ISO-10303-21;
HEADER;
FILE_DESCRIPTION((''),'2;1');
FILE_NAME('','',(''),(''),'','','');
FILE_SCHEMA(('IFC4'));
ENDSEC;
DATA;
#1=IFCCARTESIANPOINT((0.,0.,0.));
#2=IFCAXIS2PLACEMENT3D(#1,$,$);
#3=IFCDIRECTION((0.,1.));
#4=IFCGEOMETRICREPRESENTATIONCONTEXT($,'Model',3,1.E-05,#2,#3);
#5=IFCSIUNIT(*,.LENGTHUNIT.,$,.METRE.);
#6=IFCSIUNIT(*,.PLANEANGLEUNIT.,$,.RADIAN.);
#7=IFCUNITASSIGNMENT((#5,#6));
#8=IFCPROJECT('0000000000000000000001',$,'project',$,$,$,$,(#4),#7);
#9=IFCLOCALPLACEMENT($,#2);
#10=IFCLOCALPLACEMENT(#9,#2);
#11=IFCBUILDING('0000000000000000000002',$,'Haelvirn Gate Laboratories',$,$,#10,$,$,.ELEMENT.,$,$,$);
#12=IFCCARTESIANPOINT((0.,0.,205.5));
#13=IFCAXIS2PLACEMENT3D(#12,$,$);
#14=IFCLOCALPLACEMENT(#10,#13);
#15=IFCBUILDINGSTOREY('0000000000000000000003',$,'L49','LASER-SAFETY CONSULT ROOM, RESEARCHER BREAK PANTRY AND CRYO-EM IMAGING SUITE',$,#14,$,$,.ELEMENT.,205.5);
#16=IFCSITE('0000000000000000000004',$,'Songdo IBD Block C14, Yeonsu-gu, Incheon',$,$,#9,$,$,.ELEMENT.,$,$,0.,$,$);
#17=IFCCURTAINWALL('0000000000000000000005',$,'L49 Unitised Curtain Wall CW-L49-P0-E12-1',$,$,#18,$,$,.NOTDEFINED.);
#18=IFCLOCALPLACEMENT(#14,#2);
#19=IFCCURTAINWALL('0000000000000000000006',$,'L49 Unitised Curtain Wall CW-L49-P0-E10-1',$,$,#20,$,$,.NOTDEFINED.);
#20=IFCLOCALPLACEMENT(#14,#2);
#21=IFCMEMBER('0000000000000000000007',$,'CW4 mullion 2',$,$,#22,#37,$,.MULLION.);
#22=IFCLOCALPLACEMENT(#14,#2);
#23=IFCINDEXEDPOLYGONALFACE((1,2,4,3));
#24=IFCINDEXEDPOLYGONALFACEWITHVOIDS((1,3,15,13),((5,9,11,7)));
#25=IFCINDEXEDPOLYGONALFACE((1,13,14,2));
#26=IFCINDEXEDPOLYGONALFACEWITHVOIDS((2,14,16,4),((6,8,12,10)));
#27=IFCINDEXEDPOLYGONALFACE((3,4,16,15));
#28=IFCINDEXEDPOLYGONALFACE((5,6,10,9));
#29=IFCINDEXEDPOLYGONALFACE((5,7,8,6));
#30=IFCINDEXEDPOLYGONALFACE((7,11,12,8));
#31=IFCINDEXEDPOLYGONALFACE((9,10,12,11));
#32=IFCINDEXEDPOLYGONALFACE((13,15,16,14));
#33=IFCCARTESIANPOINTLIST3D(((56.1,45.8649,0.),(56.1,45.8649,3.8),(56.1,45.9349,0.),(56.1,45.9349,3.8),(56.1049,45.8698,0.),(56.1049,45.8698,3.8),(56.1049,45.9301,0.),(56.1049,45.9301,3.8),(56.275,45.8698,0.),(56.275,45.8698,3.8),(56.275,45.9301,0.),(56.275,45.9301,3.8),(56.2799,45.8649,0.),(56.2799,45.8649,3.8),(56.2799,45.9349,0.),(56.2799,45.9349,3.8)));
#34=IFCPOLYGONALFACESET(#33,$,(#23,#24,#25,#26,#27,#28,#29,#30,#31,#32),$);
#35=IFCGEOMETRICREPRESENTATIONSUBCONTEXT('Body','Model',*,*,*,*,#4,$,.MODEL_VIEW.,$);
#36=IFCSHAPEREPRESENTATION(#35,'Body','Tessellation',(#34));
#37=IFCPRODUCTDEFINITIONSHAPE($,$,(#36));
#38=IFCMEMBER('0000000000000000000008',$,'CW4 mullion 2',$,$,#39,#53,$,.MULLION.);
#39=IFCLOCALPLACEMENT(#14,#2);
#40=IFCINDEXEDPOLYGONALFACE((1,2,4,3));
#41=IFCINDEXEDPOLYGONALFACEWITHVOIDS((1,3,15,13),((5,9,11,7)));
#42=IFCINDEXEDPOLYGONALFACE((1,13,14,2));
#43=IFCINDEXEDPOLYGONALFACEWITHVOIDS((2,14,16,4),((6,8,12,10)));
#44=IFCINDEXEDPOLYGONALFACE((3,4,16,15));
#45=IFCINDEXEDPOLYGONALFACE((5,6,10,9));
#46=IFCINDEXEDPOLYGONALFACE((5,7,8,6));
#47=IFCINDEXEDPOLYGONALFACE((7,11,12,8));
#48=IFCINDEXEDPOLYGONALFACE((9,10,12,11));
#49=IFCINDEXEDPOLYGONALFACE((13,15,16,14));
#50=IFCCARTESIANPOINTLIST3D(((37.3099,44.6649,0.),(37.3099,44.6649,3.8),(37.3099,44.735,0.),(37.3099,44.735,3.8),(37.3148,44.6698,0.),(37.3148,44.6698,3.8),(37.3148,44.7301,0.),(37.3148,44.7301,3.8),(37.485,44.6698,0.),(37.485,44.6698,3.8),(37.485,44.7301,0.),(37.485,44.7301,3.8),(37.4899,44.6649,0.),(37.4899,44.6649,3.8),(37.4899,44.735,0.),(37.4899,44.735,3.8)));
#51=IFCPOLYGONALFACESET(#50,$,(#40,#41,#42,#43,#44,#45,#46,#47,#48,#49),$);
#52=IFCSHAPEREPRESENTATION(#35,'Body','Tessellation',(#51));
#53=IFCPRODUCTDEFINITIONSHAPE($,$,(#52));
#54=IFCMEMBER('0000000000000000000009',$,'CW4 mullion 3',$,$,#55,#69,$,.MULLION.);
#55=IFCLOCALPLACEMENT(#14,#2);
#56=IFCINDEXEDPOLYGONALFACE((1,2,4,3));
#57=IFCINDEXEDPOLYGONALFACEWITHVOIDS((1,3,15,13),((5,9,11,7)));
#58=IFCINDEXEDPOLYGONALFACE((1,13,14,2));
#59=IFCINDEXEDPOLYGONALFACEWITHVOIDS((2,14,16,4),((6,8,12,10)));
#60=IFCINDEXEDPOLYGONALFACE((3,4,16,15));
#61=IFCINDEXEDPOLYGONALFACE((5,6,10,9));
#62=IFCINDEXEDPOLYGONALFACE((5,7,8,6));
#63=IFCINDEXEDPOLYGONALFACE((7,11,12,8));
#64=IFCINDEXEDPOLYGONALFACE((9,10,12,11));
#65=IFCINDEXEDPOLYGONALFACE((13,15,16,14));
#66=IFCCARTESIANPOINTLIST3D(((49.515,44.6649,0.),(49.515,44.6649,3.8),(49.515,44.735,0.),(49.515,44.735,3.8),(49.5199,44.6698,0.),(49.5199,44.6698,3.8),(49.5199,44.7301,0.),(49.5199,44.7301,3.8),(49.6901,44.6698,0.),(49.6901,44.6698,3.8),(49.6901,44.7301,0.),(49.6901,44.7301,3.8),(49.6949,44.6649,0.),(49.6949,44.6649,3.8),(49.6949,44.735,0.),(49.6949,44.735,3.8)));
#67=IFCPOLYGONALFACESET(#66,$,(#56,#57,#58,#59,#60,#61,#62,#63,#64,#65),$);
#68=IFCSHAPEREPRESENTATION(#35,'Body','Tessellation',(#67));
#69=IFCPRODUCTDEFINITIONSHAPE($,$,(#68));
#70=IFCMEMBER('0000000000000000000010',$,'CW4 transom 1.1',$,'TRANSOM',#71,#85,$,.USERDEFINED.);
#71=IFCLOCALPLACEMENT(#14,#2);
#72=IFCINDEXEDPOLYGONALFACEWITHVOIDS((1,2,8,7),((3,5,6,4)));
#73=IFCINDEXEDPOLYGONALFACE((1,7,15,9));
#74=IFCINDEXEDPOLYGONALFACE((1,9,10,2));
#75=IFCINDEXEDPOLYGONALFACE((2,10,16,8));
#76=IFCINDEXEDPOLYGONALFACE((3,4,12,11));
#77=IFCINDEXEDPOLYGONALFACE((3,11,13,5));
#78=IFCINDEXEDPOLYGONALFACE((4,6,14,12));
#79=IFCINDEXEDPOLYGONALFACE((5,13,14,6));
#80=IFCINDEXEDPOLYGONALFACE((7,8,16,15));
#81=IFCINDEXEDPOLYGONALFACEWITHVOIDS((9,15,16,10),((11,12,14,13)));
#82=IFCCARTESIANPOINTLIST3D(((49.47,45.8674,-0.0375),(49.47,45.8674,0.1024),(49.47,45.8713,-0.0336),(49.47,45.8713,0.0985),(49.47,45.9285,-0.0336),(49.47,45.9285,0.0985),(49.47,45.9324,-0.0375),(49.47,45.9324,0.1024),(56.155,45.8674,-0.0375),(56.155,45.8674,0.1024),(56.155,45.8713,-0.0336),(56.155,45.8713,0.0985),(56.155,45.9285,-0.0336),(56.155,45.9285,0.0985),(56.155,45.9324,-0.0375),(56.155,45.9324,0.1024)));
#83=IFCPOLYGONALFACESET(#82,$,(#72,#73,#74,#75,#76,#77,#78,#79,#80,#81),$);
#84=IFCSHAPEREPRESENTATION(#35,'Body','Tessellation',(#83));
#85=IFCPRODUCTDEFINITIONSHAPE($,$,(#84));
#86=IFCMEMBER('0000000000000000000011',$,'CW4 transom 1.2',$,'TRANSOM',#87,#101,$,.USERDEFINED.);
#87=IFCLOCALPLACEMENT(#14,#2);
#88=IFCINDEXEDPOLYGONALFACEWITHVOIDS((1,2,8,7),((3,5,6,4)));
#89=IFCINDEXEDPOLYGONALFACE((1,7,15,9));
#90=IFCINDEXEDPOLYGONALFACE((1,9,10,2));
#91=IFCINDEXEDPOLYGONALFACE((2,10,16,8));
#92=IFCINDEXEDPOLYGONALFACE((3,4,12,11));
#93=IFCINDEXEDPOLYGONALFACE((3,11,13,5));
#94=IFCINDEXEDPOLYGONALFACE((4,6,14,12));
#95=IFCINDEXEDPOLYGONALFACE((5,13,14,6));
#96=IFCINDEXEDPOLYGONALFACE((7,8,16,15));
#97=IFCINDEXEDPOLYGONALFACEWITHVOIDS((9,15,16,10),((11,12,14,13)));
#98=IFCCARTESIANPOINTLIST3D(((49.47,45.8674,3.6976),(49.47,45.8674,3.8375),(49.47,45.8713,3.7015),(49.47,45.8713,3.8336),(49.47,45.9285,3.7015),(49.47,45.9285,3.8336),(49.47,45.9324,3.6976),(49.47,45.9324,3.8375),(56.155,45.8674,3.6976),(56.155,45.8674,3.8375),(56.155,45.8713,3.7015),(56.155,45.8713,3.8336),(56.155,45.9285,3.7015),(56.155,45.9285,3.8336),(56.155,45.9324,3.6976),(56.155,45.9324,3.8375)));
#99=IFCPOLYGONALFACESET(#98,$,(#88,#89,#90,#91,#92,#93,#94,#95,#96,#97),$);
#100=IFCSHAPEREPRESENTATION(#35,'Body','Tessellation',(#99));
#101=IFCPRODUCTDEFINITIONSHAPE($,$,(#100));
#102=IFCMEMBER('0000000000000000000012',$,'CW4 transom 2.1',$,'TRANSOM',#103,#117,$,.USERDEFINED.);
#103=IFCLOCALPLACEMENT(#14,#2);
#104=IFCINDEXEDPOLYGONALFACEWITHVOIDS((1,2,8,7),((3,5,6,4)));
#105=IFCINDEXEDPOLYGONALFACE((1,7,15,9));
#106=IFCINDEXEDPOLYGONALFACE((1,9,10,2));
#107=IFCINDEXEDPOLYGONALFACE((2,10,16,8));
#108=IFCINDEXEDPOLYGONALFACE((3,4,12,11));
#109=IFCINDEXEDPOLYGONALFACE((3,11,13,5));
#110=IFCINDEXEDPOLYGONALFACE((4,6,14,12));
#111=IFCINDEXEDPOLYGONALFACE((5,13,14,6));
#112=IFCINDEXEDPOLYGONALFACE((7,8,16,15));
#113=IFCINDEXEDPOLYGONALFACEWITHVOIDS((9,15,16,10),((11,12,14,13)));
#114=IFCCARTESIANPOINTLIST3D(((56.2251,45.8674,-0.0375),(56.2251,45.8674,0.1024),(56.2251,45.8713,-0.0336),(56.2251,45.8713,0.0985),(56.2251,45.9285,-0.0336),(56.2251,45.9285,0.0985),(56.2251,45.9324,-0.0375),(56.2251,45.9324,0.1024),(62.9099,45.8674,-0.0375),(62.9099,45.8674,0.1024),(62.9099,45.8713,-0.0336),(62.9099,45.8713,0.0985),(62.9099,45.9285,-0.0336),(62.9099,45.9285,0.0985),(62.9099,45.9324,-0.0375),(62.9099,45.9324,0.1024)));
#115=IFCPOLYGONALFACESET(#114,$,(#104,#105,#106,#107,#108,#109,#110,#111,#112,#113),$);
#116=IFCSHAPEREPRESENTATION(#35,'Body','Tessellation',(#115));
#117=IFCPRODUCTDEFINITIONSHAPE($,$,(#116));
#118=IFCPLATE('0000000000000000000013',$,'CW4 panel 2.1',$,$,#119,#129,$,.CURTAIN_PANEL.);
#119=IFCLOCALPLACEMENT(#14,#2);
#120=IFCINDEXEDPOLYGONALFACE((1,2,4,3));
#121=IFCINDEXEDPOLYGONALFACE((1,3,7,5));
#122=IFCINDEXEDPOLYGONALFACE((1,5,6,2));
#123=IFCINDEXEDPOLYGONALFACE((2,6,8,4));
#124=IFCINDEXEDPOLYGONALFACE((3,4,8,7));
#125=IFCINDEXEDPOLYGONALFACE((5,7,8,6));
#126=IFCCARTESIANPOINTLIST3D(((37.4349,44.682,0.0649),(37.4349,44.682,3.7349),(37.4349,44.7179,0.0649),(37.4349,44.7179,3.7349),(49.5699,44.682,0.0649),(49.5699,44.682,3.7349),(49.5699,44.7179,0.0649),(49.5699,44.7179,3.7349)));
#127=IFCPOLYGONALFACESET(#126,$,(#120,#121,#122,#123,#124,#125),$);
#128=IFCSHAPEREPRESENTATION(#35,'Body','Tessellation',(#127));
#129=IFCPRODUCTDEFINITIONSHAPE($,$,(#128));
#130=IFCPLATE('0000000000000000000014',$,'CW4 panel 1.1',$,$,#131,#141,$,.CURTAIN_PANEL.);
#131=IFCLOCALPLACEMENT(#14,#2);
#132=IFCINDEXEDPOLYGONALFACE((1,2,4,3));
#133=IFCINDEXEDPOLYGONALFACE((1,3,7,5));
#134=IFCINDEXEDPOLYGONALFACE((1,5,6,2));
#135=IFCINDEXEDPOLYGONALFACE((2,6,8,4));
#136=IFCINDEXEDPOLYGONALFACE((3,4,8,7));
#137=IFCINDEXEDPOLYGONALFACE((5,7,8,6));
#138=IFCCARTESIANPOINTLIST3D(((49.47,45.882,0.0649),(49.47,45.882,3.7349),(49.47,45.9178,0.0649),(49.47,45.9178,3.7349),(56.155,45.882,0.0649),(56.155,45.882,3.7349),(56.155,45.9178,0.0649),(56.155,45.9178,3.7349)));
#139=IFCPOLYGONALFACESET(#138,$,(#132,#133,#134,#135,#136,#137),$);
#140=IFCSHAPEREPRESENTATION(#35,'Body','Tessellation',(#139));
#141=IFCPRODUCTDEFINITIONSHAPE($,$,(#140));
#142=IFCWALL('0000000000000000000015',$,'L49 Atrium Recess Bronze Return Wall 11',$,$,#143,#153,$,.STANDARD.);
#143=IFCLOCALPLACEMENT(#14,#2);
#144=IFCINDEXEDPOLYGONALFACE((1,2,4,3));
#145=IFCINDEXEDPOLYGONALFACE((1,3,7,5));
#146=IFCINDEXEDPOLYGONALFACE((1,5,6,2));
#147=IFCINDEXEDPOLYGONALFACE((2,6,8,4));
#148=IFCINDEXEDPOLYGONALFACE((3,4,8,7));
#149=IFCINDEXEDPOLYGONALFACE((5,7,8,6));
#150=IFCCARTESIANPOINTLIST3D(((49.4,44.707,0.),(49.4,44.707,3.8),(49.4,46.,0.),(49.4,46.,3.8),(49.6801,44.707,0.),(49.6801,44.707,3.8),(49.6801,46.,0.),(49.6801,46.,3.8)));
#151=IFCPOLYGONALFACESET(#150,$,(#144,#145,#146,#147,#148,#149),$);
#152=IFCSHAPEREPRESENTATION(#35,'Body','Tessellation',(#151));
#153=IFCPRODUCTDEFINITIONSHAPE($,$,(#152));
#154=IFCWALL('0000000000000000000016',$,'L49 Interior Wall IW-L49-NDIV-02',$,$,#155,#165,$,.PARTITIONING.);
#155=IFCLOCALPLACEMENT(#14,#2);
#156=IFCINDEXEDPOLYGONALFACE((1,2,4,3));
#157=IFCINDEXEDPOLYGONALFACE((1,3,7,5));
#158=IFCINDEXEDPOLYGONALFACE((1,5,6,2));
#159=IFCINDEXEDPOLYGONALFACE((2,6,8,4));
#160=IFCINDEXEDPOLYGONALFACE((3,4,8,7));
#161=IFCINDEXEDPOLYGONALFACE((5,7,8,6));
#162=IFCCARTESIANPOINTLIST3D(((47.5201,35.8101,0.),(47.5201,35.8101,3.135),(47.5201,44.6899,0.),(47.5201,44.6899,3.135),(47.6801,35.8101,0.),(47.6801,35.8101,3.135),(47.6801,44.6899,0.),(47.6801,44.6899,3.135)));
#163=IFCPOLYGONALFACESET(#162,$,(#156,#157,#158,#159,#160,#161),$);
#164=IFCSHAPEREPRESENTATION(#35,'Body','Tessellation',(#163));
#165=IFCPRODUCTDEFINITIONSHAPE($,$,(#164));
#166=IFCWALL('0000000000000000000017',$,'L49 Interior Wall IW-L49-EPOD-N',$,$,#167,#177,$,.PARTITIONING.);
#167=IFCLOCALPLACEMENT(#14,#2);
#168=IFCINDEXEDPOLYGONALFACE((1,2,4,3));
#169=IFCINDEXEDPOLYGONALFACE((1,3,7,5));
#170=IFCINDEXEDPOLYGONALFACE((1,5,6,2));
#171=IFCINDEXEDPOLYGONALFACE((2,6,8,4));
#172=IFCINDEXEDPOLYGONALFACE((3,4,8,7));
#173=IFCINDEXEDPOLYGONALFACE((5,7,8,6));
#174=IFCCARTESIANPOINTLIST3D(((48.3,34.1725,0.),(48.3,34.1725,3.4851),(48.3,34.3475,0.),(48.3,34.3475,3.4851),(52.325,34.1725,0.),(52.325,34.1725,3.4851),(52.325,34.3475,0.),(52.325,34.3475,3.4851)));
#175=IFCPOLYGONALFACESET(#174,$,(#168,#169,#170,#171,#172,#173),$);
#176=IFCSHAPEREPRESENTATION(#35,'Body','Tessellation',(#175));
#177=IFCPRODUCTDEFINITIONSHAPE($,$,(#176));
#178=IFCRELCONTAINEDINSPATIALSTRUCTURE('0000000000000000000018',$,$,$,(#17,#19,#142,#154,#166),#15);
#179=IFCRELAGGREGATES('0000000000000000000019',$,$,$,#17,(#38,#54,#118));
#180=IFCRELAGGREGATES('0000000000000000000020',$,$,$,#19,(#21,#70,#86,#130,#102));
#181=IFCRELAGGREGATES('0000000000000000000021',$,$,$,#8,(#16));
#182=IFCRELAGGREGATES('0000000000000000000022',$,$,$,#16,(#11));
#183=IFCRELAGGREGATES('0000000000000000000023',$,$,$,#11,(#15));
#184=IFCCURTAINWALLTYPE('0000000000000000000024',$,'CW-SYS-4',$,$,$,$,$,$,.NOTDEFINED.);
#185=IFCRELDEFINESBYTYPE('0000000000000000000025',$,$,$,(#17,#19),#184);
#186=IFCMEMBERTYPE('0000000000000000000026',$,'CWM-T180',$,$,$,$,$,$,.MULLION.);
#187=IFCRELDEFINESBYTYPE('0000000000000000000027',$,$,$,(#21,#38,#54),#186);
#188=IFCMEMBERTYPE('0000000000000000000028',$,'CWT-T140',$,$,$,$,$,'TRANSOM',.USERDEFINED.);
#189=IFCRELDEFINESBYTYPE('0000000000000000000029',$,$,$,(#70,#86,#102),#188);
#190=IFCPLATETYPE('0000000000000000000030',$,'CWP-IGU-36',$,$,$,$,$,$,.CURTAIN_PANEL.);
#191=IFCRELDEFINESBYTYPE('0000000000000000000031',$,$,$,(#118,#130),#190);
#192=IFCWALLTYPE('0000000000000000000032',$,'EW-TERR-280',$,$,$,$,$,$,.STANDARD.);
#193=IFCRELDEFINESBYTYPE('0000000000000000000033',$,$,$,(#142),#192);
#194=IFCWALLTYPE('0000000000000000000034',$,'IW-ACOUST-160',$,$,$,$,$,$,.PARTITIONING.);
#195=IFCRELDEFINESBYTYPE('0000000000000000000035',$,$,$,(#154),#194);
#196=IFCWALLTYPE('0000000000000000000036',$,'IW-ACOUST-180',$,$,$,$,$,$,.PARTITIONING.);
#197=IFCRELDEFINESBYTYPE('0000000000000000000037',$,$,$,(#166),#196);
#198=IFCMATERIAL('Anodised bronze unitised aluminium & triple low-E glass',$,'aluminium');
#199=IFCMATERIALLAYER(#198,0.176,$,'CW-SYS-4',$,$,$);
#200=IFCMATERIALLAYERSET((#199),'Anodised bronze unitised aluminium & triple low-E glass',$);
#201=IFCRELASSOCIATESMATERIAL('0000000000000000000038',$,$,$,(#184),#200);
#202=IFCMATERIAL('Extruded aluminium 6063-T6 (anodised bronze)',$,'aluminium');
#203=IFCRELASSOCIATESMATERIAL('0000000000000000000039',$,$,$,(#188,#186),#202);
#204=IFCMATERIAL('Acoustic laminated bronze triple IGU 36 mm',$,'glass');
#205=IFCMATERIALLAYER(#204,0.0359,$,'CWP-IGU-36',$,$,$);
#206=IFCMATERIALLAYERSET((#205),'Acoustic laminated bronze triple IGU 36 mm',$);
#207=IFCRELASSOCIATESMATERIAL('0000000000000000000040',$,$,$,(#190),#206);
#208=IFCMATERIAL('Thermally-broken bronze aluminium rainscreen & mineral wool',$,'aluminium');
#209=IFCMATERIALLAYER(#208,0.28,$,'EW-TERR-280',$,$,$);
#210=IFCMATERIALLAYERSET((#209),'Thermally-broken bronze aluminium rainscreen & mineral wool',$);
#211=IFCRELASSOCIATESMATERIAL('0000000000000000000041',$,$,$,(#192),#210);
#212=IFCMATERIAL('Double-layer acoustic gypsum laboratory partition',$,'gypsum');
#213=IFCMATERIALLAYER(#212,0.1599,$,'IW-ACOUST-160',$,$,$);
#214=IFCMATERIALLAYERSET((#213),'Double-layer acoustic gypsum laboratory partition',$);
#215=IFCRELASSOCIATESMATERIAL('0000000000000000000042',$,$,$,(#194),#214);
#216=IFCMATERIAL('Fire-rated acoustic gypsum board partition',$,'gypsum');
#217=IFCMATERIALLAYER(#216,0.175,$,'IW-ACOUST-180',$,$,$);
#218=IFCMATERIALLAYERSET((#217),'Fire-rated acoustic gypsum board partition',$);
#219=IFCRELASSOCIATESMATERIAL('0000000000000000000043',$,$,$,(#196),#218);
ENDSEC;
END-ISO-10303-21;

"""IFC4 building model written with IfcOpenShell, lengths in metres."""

from ifc_helpers import new_model, si_unit, direction, frame, frame_2d, origin, origin_2d, place, context, subcontext, project, spatial, rectangle, hollow_rectangle, extrude, source, transform, mapped, material, layer, layer_set, material_profile, profile_set, type_object, type_shapes, element, aggregate, save


model = new_model("IFC4")

# Units and contexts
model_context = context("Model", 3, precision=1e-05, world=origin(), true_north=direction((0.0, 1.0)))
body_context = subcontext(model_context, "Body", "Model", "MODEL_VIEW")
ifc_project = project(units=[si_unit("LENGTHUNIT", "METRE"), si_unit("PLANEANGLEUNIT", "RADIAN")], contexts=[model_context])

# Site, building, storey
site_placement = place(None, origin())
site = spatial("IfcSite", under=ifc_project, at=site_placement, Name="Songdo IBD Block C14, Yeonsu-gu, Incheon", CompositionType="ELEMENT", RefElevation=0.0)
building_placement = place(site_placement, origin())
building = spatial("IfcBuilding", under=site, at=building_placement, Name="Haelvirn Gate Laboratories", CompositionType="ELEMENT")
storey_placement = place(building_placement, frame((0.0, 0.0, 205.5)))
storey = spatial("IfcBuildingStorey", under=building, at=storey_placement, Name="L49", Description="LASER-SAFETY CONSULT ROOM, RESEARCHER BREAK PANTRY AND CRYO-EM IMAGING SUITE", CompositionType="ELEMENT", Elevation=205.5)

# Curtain walls, member
ifc_material_1 = material(Name="Anodised bronze unitised aluminium & triple low-E glass", Category="aluminium")
ifc_layer_1 = layer(ifc_material_1, 0.176, Name="CW-SYS-4")
ifc_layer_set_1 = layer_set([ifc_layer_1], Name="Anodised bronze unitised aluminium & triple low-E glass")
curtain_wall_type = type_object("IfcCurtainWallType", Name="CW-SYS-4", PredefinedType="NOTDEFINED", material=ifc_layer_set_1)
curtain_wall_1_placement = place(storey_placement, origin())
curtain_wall_1 = element("IfcCurtainWall", 1, at=curtain_wall_1_placement, inside=storey, type_object=curtain_wall_type, Name="L49 Unitised Curtain Wall CW-L49-P0-E12-1", PredefinedType="NOTDEFINED")
ifc_material_2 = material(Name="Extruded aluminium 6063-T6 (anodised bronze)", Category="aluminium")
ifc_material_profile_1 = material_profile(ifc_material_2, hollow_rectangle(XDim=0.0649, YDim=0.1399, WallThickness=0.0039, at=origin_2d()), Name="CWT-140x65x4")
ifc_profile_set_1 = profile_set([ifc_material_profile_1], Name="Extruded aluminium 6063-T6 (anodised bronze)")
member_type_1 = type_object("IfcMemberType", Name="CWT-T140", ElementType="TRANSOM", PredefinedType="USERDEFINED", material=ifc_profile_set_1)
curtain_wall_2_placement = place(storey_placement, origin())
curtain_wall_2 = element("IfcCurtainWall", 2, at=curtain_wall_2_placement, inside=storey, type_object=curtain_wall_type, Name="L49 Unitised Curtain Wall CW-L49-P0-E10-1", PredefinedType="NOTDEFINED")
ifc_material_profile_2 = material_profile(ifc_material_2, hollow_rectangle(XDim=0.0701, YDim=0.1799, WallThickness=0.0049, at=origin_2d()), Name="CWM-180x70x5")
ifc_profile_set_2 = profile_set([ifc_material_profile_2], Name="Extruded aluminium 6063-T6 (anodised bronze)")
member_type_2 = type_object("IfcMemberType", Name="CWM-T180", PredefinedType="MULLION", material=ifc_profile_set_2)
shared_shape_1 = source(origin(), body_context, "Body", "SweptSolid", [
    extrude(hollow_rectangle(XDim=0.0701, YDim=0.1799, WallThickness=0.0049, at=origin_2d()), origin(), (0.0, 0.0, 1.0), 3.8),
])
type_shapes(member_type_2, [shared_shape_1])
member_1_placement = place(storey_placement, frame((56.1899, 45.8999, 0.0), z_axis=(0.0, 0.0, 1.0), x_axis=(0.0, 1.0, 0.0)))
member_1 = element("IfcMember", 3, at=member_1_placement, type_object=member_type_2, Name="CW4 mullion 2", PredefinedType="MULLION", context=body_context, shape_type="MappedRepresentation", body=[
    mapped(shared_shape_1, transform((0.0, 0.0, 0.0), scale=1.0)),
])

# Members
member_2_placement = place(storey_placement, frame((37.3999, 44.7, 0.0), z_axis=(0.0, 0.0, 1.0), x_axis=(0.0, 1.0, 0.0)))
member_2 = element("IfcMember", 4, at=member_2_placement, type_object=member_type_2, Name="CW4 mullion 2", PredefinedType="MULLION", context=body_context, shape_type="MappedRepresentation", body=[
    mapped(shared_shape_1, transform((0.0, 0.0, 0.0), scale=1.0)),
])
member_3_placement = place(storey_placement, frame((49.605, 44.7, 0.0), z_axis=(0.0, 0.0, 1.0), x_axis=(0.0, 1.0, 0.0)))
member_3 = element("IfcMember", 5, at=member_3_placement, type_object=member_type_2, Name="CW4 mullion 3", PredefinedType="MULLION", context=body_context, shape_type="MappedRepresentation", body=[
    mapped(shared_shape_1, transform((0.0, 0.0, 0.0), scale=1.0)),
])
shared_shape_2 = source(origin(), body_context, "Body", "SweptSolid", [
    extrude(hollow_rectangle(XDim=0.0649, YDim=0.1399, WallThickness=0.0039, at=origin_2d()), origin(), (0.0, 0.0, 1.0), 6.6851),
])
member_4_placement = place(storey_placement, frame((49.47, 45.8999, 0.0325), z_axis=(1.0, 0.0, 0.0), x_axis=(0.0, 1.0, 0.0)))
member_4 = element("IfcMember", 6, at=member_4_placement, type_object=member_type_1, Name="CW4 transom 1.1", ObjectType="TRANSOM", PredefinedType="USERDEFINED", context=body_context, shape_type="MappedRepresentation", body=[
    mapped(shared_shape_2, transform((0.0, 0.0, 0.0), scale=1.0)),
])
member_5_placement = place(storey_placement, frame((49.47, 45.8999, 3.7676), z_axis=(1.0, 0.0, 0.0), x_axis=(0.0, 1.0, 0.0)))
member_5 = element("IfcMember", 7, at=member_5_placement, type_object=member_type_1, Name="CW4 transom 1.2", ObjectType="TRANSOM", PredefinedType="USERDEFINED", context=body_context, shape_type="MappedRepresentation", body=[
    mapped(shared_shape_2, transform((0.0, 0.0, 0.0), scale=1.0)),
])
shared_shape_3 = source(origin(), body_context, "Body", "SweptSolid", [
    extrude(hollow_rectangle(XDim=0.0649, YDim=0.1399, WallThickness=0.0039, at=origin_2d()), origin(), (0.0, 0.0, 1.0), 6.6848),
])
member_6_placement = place(storey_placement, frame((56.2251, 45.8999, 0.0325), z_axis=(1.0, 0.0, 0.0), x_axis=(0.0, 1.0, 0.0)))
member_6 = element("IfcMember", 8, at=member_6_placement, type_object=member_type_1, Name="CW4 transom 2.1", ObjectType="TRANSOM", PredefinedType="USERDEFINED", context=body_context, shape_type="MappedRepresentation", body=[
    mapped(shared_shape_3, transform((0.0, 0.0, 0.0), scale=1.0)),
])

# Plates
ifc_material_3 = material(Name="Acoustic laminated bronze triple IGU 36 mm", Category="glass")
ifc_layer_2 = layer(ifc_material_3, 0.0359, Name="CWP-IGU-36")
ifc_layer_set_2 = layer_set([ifc_layer_2], Name="Acoustic laminated bronze triple IGU 36 mm")
plate_type = type_object("IfcPlateType", Name="CWP-IGU-36", PredefinedType="CURTAIN_PANEL", material=ifc_layer_set_2)
shared_shape_4 = source(origin(), body_context, "Body", "SweptSolid", [
    extrude(rectangle(XDim=12.135, YDim=0.0359, at=origin_2d()), origin(), (0.0, 0.0, 1.0), 3.6699),
])
plate_1_placement = place(storey_placement, frame((43.5024, 44.7, 0.0649), z_axis=(0.0, 0.0, 1.0), x_axis=(1.0, 0.0, 0.0)))
plate_1 = element("IfcPlate", 9, at=plate_1_placement, type_object=plate_type, Name="CW4 panel 2.1", PredefinedType="CURTAIN_PANEL", context=body_context, shape_type="MappedRepresentation", body=[
    mapped(shared_shape_4, transform((0.0, 0.0, 0.0), scale=1.0)),
])
aggregate(curtain_wall_1, [member_2, member_3, plate_1])
shared_shape_5 = source(origin(), body_context, "Body", "SweptSolid", [
    extrude(rectangle(XDim=6.6851, YDim=0.0359, at=origin_2d()), origin(), (0.0, 0.0, 1.0), 3.6699),
])
type_shapes(plate_type, [shared_shape_4, shared_shape_5])
plate_2_placement = place(storey_placement, frame((52.8125, 45.8999, 0.0649), z_axis=(0.0, 0.0, 1.0), x_axis=(1.0, 0.0, 0.0)))
plate_2 = element("IfcPlate", 10, at=plate_2_placement, type_object=plate_type, Name="CW4 panel 1.1", PredefinedType="CURTAIN_PANEL", context=body_context, shape_type="MappedRepresentation", body=[
    mapped(shared_shape_5, transform((0.0, 0.0, 0.0), scale=1.0)),
])
aggregate(curtain_wall_2, [member_1, member_4, member_5, plate_2, member_6])

# Walls
ifc_material_4 = material(Name="Thermally-broken bronze aluminium rainscreen & mineral wool", Category="aluminium")
ifc_layer_3 = layer(ifc_material_4, 0.28, Name="EW-TERR-280")
ifc_layer_set_3 = layer_set([ifc_layer_3], Name="Thermally-broken bronze aluminium rainscreen & mineral wool")
wall_type_1 = type_object("IfcWallType", Name="EW-TERR-280", PredefinedType="STANDARD", material=ifc_layer_set_3)
wall_1_placement = place(storey_placement, frame((49.54, 46.0, 0.0), z_axis=(0.0, 0.0, 1.0), x_axis=(0.0, -1.0, 0.0)))
element("IfcWall", 11, at=wall_1_placement, inside=storey, type_object=wall_type_1, Name="L49 Atrium Recess Bronze Return Wall 11", PredefinedType="STANDARD", context=body_context, shape_type="SweptSolid", body=[
    extrude(rectangle(XDim=1.293, YDim=0.28, at=frame_2d((0.6465, 0.0))), origin(), (0.0, 0.0, 1.0), 3.8),
])
ifc_material_5 = material(Name="Double-layer acoustic gypsum laboratory partition", Category="gypsum")
ifc_layer_4 = layer(ifc_material_5, 0.1599, Name="IW-ACOUST-160")
ifc_layer_set_4 = layer_set([ifc_layer_4], Name="Double-layer acoustic gypsum laboratory partition")
wall_type_2 = type_object("IfcWallType", Name="IW-ACOUST-160", PredefinedType="PARTITIONING", material=ifc_layer_set_4)
wall_2_placement = place(storey_placement, frame((47.6001, 35.8101, 0.0), z_axis=(0.0, 0.0, 1.0), x_axis=(0.0, 1.0, 0.0)))
element("IfcWall", 12, at=wall_2_placement, inside=storey, type_object=wall_type_2, Name="L49 Interior Wall IW-L49-NDIV-02", PredefinedType="PARTITIONING", context=body_context, shape_type="SweptSolid", body=[
    extrude(rectangle(XDim=8.8799, YDim=0.1599, at=frame_2d((4.4399, 0.0))), origin(), (0.0, 0.0, 1.0), 3.135),
])
ifc_material_6 = material(Name="Fire-rated acoustic gypsum board partition", Category="gypsum")
ifc_layer_5 = layer(ifc_material_6, 0.175, Name="IW-ACOUST-180")
ifc_layer_set_5 = layer_set([ifc_layer_5], Name="Fire-rated acoustic gypsum board partition")
wall_type_3 = type_object("IfcWallType", Name="IW-ACOUST-180", PredefinedType="PARTITIONING", material=ifc_layer_set_5)
wall_3_placement = place(storey_placement, frame((48.3, 34.26, 0.0), z_axis=(0.0, 0.0, 1.0), x_axis=(1.0, 0.0, 0.0)))
element("IfcWall", 13, at=wall_3_placement, inside=storey, type_object=wall_type_3, Name="L49 Interior Wall IW-L49-EPOD-N", PredefinedType="PARTITIONING", context=body_context, shape_type="SweptSolid", body=[
    extrude(rectangle(XDim=4.0249, YDim=0.175, at=frame_2d((2.0125, 0.0))), origin(), (0.0, 0.0, 1.0), 3.4851),
])

save(model, "model.ifc")
